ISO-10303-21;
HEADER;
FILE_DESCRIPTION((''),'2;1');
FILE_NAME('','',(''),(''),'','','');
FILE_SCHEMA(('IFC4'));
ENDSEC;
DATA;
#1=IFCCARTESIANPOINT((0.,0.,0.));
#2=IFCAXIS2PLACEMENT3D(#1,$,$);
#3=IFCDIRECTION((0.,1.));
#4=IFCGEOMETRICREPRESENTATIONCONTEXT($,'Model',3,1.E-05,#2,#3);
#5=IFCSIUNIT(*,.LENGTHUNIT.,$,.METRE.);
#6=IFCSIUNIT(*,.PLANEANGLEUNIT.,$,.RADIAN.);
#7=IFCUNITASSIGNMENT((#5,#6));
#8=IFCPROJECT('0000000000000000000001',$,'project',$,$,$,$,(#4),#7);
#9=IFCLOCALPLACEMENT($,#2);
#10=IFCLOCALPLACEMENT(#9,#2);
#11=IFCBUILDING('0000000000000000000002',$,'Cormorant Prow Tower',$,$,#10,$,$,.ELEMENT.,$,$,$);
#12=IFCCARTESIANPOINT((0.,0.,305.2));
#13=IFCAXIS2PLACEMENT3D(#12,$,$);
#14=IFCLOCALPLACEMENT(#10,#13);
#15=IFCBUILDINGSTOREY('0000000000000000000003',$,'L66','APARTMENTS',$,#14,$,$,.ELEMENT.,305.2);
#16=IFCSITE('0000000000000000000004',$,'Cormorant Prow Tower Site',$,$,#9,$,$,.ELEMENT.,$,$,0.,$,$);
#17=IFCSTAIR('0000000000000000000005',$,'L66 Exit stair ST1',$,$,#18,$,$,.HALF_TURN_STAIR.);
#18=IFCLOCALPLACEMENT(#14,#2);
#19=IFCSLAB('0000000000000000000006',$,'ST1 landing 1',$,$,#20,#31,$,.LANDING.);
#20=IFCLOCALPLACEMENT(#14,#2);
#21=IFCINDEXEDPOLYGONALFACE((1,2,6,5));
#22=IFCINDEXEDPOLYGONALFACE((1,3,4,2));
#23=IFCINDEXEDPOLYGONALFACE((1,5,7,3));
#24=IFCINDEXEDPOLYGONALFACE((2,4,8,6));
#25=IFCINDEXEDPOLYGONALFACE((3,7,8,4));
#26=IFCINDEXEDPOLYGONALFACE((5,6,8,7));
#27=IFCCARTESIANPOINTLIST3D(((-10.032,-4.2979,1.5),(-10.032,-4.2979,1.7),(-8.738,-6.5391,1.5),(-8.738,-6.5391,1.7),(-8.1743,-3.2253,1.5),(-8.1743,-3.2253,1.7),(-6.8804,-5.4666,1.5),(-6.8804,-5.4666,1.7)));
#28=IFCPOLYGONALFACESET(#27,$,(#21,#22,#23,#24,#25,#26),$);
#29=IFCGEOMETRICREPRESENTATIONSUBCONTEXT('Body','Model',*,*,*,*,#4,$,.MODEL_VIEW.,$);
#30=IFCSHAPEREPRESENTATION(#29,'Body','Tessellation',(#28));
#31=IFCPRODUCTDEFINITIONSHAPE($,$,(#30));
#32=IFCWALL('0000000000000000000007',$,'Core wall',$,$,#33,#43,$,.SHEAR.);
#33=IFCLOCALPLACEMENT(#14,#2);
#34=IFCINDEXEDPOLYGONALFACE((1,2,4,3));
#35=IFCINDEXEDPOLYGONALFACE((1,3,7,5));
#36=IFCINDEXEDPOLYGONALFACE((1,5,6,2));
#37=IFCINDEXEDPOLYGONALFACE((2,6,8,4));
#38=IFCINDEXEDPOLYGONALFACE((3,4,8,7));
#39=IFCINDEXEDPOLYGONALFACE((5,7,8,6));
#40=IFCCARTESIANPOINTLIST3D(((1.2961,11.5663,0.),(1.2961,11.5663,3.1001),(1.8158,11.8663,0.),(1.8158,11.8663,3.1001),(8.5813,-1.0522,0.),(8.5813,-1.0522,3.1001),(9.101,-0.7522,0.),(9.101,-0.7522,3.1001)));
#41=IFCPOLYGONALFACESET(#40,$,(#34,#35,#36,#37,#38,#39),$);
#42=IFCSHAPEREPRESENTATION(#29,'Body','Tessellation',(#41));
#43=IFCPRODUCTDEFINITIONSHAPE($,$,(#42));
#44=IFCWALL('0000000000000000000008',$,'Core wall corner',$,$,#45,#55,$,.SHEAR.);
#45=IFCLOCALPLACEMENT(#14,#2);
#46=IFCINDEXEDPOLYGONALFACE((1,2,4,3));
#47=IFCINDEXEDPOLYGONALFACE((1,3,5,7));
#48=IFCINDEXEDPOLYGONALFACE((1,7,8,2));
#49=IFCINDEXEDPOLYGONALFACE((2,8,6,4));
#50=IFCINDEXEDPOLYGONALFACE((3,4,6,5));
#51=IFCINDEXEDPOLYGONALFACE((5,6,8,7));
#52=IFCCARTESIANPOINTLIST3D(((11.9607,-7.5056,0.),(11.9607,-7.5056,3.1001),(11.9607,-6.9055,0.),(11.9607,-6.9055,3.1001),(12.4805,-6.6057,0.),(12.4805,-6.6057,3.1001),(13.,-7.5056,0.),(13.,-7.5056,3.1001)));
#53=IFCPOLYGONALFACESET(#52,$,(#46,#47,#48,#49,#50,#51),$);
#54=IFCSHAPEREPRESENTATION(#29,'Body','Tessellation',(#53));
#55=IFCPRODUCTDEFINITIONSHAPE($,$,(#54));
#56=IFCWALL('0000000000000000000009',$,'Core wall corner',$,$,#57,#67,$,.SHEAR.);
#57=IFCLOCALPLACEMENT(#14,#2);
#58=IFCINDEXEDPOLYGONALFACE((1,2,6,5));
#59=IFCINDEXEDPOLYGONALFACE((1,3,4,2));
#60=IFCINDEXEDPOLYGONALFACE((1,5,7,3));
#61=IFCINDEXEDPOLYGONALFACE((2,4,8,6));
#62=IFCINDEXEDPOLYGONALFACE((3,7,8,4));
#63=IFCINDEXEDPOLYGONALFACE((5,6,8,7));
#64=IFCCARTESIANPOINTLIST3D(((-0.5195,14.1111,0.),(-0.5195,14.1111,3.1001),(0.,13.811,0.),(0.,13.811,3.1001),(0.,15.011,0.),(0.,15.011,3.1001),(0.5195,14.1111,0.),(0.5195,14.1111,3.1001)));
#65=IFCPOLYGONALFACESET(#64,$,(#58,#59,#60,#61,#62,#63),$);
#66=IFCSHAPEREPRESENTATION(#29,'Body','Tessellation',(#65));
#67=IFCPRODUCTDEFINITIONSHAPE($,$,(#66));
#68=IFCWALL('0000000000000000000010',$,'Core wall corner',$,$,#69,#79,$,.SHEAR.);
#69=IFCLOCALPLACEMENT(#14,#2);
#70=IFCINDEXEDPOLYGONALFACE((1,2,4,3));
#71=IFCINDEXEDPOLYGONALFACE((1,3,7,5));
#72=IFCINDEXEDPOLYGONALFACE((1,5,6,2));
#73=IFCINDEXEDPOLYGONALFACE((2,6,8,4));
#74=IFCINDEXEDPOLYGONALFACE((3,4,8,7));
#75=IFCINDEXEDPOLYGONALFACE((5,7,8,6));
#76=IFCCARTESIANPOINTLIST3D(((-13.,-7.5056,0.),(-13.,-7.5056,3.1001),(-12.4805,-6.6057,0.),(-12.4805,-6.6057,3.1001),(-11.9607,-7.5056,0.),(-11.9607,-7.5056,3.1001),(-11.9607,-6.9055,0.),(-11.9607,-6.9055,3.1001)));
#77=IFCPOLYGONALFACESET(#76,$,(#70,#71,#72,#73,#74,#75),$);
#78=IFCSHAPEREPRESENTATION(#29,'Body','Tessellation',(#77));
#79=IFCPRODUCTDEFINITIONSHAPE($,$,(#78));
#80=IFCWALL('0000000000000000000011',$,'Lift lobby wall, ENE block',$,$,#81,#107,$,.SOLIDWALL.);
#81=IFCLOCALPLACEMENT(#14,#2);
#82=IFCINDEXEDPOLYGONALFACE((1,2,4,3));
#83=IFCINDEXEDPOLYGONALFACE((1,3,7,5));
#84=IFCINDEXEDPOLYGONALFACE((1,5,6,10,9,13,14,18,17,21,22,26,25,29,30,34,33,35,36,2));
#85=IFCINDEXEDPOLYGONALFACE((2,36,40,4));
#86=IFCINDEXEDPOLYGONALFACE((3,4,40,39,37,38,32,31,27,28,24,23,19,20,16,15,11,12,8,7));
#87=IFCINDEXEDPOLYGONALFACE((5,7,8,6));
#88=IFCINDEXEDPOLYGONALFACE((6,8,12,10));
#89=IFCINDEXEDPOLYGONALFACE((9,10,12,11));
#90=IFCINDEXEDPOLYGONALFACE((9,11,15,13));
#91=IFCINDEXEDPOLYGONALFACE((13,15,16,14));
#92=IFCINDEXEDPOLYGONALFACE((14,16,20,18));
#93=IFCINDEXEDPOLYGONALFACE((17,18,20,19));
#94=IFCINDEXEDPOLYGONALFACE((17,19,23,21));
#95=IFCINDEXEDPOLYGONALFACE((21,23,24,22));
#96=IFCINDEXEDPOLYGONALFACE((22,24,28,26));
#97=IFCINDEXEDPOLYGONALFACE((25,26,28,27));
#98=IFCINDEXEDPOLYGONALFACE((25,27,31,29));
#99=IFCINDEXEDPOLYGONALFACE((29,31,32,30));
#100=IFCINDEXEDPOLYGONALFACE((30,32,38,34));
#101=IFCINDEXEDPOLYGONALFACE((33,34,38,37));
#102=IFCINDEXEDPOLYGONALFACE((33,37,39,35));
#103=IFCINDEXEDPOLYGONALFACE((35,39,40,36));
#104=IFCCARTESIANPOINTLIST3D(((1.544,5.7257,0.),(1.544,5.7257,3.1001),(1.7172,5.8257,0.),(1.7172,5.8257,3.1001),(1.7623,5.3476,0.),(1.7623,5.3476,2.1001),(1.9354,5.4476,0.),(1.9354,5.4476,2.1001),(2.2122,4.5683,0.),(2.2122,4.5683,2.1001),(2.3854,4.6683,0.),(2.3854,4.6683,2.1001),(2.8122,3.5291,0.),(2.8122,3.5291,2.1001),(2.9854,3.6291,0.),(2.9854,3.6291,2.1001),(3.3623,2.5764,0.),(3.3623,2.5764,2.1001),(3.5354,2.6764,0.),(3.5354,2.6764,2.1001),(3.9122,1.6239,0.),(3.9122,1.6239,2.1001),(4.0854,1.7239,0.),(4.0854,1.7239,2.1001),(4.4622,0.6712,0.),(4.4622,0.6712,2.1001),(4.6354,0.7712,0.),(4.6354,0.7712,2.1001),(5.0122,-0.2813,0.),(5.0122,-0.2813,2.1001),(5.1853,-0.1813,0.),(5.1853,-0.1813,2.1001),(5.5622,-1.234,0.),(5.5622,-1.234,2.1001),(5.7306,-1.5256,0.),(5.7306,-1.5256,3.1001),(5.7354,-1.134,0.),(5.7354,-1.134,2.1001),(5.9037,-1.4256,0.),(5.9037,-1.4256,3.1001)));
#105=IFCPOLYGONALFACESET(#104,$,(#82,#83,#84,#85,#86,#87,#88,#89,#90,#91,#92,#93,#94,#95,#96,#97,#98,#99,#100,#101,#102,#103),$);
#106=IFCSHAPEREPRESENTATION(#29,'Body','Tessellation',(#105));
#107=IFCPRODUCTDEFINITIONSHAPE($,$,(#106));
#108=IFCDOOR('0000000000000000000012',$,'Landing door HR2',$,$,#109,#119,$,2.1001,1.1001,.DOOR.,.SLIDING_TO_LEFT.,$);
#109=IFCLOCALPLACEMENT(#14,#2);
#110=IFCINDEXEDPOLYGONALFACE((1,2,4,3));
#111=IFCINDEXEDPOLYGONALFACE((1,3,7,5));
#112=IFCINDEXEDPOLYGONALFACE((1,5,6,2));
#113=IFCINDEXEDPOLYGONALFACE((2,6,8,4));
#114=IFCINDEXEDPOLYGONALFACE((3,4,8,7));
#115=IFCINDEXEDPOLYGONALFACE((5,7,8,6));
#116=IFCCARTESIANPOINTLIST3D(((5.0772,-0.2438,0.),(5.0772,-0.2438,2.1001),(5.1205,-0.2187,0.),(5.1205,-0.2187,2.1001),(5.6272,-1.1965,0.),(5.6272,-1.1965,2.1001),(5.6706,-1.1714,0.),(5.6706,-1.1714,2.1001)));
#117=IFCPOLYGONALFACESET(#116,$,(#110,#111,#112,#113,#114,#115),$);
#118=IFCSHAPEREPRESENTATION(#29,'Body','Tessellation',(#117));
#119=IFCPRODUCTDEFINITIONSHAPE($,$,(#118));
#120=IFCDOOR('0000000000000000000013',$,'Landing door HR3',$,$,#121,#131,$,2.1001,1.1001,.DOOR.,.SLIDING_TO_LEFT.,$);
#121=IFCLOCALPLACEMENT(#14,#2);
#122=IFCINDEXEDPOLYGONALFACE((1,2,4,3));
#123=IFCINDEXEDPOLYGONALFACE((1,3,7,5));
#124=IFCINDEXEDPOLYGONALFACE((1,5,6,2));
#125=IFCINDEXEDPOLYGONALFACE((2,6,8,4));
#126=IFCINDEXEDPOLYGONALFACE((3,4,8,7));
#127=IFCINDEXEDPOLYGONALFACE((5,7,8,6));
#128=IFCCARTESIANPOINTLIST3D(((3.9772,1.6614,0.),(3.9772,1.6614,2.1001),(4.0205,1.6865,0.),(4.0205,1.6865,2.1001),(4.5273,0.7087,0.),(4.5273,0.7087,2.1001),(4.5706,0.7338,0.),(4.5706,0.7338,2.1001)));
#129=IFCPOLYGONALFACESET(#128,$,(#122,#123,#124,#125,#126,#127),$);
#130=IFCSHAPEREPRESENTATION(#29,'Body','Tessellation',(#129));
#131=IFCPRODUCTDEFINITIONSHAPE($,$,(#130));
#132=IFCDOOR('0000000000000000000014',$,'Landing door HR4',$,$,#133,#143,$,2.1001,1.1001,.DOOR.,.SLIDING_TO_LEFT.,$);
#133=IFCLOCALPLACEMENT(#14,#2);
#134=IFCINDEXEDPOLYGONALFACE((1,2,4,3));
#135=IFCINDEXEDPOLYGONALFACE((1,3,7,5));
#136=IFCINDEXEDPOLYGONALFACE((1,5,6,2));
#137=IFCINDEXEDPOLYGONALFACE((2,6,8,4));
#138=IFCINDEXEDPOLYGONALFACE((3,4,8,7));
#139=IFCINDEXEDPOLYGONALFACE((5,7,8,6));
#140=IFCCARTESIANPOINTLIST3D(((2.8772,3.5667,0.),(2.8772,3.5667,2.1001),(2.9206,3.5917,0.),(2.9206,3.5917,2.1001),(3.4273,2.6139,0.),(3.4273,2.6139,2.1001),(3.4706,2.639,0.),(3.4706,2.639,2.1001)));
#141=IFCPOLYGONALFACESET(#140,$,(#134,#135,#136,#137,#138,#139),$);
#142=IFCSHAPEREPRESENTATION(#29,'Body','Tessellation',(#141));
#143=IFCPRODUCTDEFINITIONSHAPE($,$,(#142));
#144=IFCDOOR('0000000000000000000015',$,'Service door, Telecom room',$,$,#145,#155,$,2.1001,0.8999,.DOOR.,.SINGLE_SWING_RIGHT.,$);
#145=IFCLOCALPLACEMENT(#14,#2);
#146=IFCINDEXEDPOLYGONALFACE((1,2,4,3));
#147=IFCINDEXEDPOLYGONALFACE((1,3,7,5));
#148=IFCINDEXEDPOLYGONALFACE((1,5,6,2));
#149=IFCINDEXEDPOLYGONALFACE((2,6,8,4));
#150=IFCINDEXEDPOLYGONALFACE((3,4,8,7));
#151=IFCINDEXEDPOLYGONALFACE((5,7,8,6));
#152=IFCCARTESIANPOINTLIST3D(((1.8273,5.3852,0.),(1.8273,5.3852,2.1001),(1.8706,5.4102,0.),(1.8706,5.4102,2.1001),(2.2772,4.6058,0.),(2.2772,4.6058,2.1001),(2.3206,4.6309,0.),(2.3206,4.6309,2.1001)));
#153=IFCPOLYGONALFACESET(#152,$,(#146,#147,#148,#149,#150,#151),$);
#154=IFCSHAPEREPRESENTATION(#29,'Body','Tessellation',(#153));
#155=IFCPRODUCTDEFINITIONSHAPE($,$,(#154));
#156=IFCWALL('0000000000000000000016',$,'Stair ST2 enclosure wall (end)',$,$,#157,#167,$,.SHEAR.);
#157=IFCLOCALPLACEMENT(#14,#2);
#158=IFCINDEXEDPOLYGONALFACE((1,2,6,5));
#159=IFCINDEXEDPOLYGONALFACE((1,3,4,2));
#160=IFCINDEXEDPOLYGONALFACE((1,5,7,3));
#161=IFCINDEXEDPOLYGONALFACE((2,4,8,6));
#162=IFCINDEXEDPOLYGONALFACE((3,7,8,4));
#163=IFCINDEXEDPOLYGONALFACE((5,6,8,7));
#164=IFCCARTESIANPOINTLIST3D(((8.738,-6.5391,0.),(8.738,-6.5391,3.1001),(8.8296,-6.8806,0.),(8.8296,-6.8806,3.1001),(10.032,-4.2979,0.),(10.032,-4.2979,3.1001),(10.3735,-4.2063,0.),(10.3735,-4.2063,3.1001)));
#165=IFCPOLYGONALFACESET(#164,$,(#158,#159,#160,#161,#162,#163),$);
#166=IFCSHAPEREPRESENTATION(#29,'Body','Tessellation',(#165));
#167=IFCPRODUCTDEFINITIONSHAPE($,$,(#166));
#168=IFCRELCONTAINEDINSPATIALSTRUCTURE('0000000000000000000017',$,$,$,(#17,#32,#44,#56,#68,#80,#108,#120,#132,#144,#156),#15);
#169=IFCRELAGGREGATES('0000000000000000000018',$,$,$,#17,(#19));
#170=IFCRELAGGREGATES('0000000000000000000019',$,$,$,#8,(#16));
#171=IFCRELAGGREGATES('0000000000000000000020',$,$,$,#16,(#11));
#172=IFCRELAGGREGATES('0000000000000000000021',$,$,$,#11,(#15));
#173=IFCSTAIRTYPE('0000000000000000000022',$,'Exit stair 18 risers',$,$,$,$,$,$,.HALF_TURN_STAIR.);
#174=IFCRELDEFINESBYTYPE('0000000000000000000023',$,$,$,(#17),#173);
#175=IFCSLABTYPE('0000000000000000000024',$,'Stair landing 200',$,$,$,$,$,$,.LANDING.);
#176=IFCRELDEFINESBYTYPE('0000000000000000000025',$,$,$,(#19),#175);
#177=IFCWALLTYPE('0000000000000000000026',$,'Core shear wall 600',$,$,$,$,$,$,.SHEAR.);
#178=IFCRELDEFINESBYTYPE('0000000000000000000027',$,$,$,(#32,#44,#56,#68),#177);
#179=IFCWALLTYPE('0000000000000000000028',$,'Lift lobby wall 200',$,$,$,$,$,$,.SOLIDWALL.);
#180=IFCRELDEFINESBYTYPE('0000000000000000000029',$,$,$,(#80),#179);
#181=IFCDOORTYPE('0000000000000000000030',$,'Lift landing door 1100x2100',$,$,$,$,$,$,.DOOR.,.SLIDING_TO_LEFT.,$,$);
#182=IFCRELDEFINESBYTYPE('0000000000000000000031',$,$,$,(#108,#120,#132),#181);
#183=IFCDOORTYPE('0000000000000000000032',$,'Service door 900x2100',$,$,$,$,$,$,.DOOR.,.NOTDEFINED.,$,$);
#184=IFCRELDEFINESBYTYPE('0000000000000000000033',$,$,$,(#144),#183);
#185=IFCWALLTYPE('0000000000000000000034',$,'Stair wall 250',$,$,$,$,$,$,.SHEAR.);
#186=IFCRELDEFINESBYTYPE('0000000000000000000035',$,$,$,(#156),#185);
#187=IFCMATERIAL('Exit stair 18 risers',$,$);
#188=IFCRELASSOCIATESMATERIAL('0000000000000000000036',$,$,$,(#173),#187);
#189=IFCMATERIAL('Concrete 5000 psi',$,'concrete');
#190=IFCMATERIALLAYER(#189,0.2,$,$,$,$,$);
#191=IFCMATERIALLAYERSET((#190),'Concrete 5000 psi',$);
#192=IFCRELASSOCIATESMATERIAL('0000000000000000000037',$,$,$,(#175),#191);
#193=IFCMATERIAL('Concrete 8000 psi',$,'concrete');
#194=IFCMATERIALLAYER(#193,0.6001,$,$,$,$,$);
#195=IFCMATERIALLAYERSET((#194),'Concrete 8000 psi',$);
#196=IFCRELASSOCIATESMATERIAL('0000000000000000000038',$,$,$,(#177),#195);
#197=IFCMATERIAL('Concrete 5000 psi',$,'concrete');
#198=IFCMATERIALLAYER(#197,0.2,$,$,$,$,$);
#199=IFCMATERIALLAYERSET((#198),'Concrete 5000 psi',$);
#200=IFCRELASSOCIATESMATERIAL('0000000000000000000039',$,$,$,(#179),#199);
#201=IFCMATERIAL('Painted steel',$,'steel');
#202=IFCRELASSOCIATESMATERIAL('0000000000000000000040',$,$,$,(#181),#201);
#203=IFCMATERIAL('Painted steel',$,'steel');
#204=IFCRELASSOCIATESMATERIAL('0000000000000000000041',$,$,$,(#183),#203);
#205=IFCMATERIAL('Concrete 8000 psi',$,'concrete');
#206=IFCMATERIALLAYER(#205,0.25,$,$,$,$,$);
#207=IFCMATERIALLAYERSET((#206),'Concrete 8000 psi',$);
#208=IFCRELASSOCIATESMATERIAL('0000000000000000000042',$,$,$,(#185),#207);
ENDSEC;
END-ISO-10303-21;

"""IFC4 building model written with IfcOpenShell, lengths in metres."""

from ifc_helpers import new_model, si_unit, direction, frame, frame_2d, origin, place, context, subcontext, project, spatial, polyline, rectangle, outline, extrude, material, layer, layer_set, type_object, element, fill, aggregate, save


model = new_model("IFC4")

# Units and contexts
model_context = context("Model", 3, precision=1e-05, world=origin(), true_north=direction((0.0, 1.0)))
body_context = subcontext(model_context, "Body", "Model", "MODEL_VIEW")
ifc_project = project(units=[si_unit("LENGTHUNIT", "METRE"), si_unit("PLANEANGLEUNIT", "RADIAN")], contexts=[model_context])

# Site, building, storey
site_placement = place(None, origin())
site = spatial("IfcSite", under=ifc_project, at=site_placement, Name="Cormorant Prow Tower Site", CompositionType="ELEMENT", RefElevation=0.0)
building_placement = place(site_placement, origin())
building = spatial("IfcBuilding", under=site, at=building_placement, Name="Cormorant Prow Tower", CompositionType="ELEMENT")
storey_placement = place(building_placement, frame((0.0, 0.0, 305.2)))
storey = spatial("IfcBuildingStorey", under=building, at=storey_placement, Name="L66", Description="APARTMENTS", CompositionType="ELEMENT", Elevation=305.2)

# Stair, slab
ifc_material_1 = material(Name="Exit stair 18 risers")
stair_type = type_object("IfcStairType", Name="Exit stair 18 risers", PredefinedType="HALF_TURN_STAIR", material=ifc_material_1)
stair_placement = place(storey_placement, origin())
stair = element("IfcStair", 1, at=stair_placement, inside=storey, type_object=stair_type, Name="L66 Exit stair ST1", PredefinedType="HALF_TURN_STAIR")
ifc_material_2 = material(Name="Concrete 5000 psi", Category="concrete")
ifc_layer_1 = layer(ifc_material_2, 0.2)
ifc_layer_set_1 = layer_set([ifc_layer_1], Name="Concrete 5000 psi")
slab_type = type_object("IfcSlabType", Name="Stair landing 200", PredefinedType="LANDING", material=ifc_layer_set_1)
slab_placement = place(storey_placement, frame((0.0, 0.0, 1.5)))
slab = element("IfcSlab", 2, at=slab_placement, type_object=slab_type, Name="ST1 landing 1", PredefinedType="LANDING", context=body_context, shape_type="SweptSolid", body=[
    extrude(outline(polyline([(-8.1743, -3.2253), (-10.032, -4.2979), (-8.738, -6.5391), (-6.8804, -5.4666), (-8.1743, -3.2253)])), origin(), (0.0, 0.0, 1.0), 0.2),
])
aggregate(stair, [slab])

# Walls
ifc_material_3 = material(Name="Concrete 8000 psi", Category="concrete")
ifc_layer_2 = layer(ifc_material_3, 0.6001)
ifc_layer_set_2 = layer_set([ifc_layer_2], Name="Concrete 8000 psi")
wall_type_1 = type_object("IfcWallType", Name="Core shear wall 600", PredefinedType="SHEAR", material=ifc_layer_set_2)
wall_1_placement = place(storey_placement, frame((8.8411, -0.9021, 0.0), z_axis=(0.0, 0.0, 1.0), x_axis=(-0.499996, 0.866028, 0.0)))
element("IfcWall", 3, at=wall_1_placement, inside=storey, type_object=wall_type_1, Name="Core wall", PredefinedType="SHEAR", context=body_context, shape_type="SweptSolid", body=[
    extrude(rectangle(XDim=14.5706, YDim=0.6001, at=frame_2d((7.2852, 0.0))), origin(), (0.0, 0.0, 1.0), 3.1001),
])
wall_2_placement = place(storey_placement, origin())
element("IfcWall", 4, at=wall_2_placement, inside=storey, type_object=wall_type_1, Name="Core wall corner", PredefinedType="SHEAR", context=body_context, shape_type="SweptSolid", body=[
    extrude(outline(polyline([(11.9607, -7.5056), (11.9607, -6.9055), (12.4805, -6.6057), (13.0, -7.5056), (11.9607, -7.5056)])), origin(), (0.0, 0.0, 1.0), 3.1001),
])
wall_3_placement = place(storey_placement, origin())
element("IfcWall", 5, at=wall_3_placement, inside=storey, type_object=wall_type_1, Name="Core wall corner", PredefinedType="SHEAR", context=body_context, shape_type="SweptSolid", body=[
    extrude(outline(polyline([(-0.5195, 14.1111), (0.0, 15.011), (0.5195, 14.1111), (0.0, 13.811), (-0.5195, 14.1111)])), origin(), (0.0, 0.0, 1.0), 3.1001),
])
wall_4_placement = place(storey_placement, origin())
element("IfcWall", 6, at=wall_4_placement, inside=storey, type_object=wall_type_1, Name="Core wall corner", PredefinedType="SHEAR", context=body_context, shape_type="SweptSolid", body=[
    extrude(outline(polyline([(-12.4805, -6.6057), (-11.9607, -6.9055), (-11.9607, -7.5056), (-13.0, -7.5056), (-12.4805, -6.6057)])), origin(), (0.0, 0.0, 1.0), 3.1001),
])

# Wall, openings, doors
ifc_material_4 = material(Name="Concrete 5000 psi", Category="concrete")
ifc_layer_3 = layer(ifc_material_4, 0.2)
ifc_layer_set_3 = layer_set([ifc_layer_3], Name="Concrete 5000 psi")
wall_type_2 = type_object("IfcWallType", Name="Lift lobby wall 200", PredefinedType="SOLIDWALL", material=ifc_layer_set_3)
wall_5_placement = place(storey_placement, frame((5.8171, -1.4756, 0.0), z_axis=(0.0, 0.0, 1.0), x_axis=(-0.500003, 0.866024, 0.0)))
wall_5 = element("IfcWall", 7, at=wall_5_placement, inside=storey, type_object=wall_type_2, Name="Lift lobby wall, ENE block", PredefinedType="SOLIDWALL", context=body_context, shape_type="SweptSolid", body=[
    extrude(rectangle(XDim=8.373, YDim=0.2, at=frame_2d((4.1865, 0.0))), origin(), (0.0, 0.0, 1.0), 3.1001),
])
opening_1_placement = place(wall_5_placement, frame((0.3367, 0.0, 0.0)))
opening_1 = element("IfcOpeningElement", 8, at=opening_1_placement, cuts=wall_5, PredefinedType="OPENING", context=body_context, shape_type="SweptSolid", body=[
    extrude(rectangle(XDim=1.1001, YDim=2.1001, at=frame_2d((0.55, 1.05))), frame((0.0, 0.1099, 0.0), z_axis=(0.0, -1.0, 0.0), x_axis=(1.0, 0.0, 0.0)), (0.0, 0.0, 1.0), 0.22),
])
opening_2_placement = place(wall_5_placement, frame((2.5366, 0.0, 0.0)))
opening_2 = element("IfcOpeningElement", 9, at=opening_2_placement, cuts=wall_5, PredefinedType="OPENING", context=body_context, shape_type="SweptSolid", body=[
    extrude(rectangle(XDim=1.1001, YDim=2.1001, at=frame_2d((0.55, 1.05))), frame((0.0, 0.1099, 0.0), z_axis=(0.0, -1.0, 0.0), x_axis=(1.0, 0.0, 0.0)), (0.0, 0.0, 1.0), 0.22),
])
opening_3_placement = place(wall_5_placement, frame((4.7366, 0.0, 0.0)))
opening_3 = element("IfcOpeningElement", 10, at=opening_3_placement, cuts=wall_5, PredefinedType="OPENING", context=body_context, shape_type="SweptSolid", body=[
    extrude(rectangle(XDim=1.1001, YDim=2.1001, at=frame_2d((0.55, 1.05))), frame((0.0, 0.1099, 0.0), z_axis=(0.0, -1.0, 0.0), x_axis=(1.0, 0.0, 0.0)), (0.0, 0.0, 1.0), 0.22),
])
opening_4_placement = place(wall_5_placement, frame((7.0366, 0.0, 0.0)))
opening_4 = element("IfcOpeningElement", 11, at=opening_4_placement, cuts=wall_5, PredefinedType="OPENING", context=body_context, shape_type="SweptSolid", body=[
    extrude(rectangle(XDim=0.8999, YDim=2.1001, at=frame_2d((0.45, 1.05))), frame((0.0, 0.1099, 0.0), z_axis=(0.0, -1.0, 0.0), x_axis=(1.0, 0.0, 0.0)), (0.0, 0.0, 1.0), 0.22),
])
ifc_material_5 = material(Name="Painted steel", Category="steel")
door_type_1 = type_object("IfcDoorType", Name="Lift landing door 1100x2100", OperationType="SLIDING_TO_LEFT", PredefinedType="DOOR", material=ifc_material_5)
door_1_placement = place(opening_1_placement, origin())
door_1 = element("IfcDoor", 12, at=door_1_placement, inside=storey, type_object=door_type_1, Name="Landing door HR2", OperationType="SLIDING_TO_LEFT", OverallHeight=2.1001, OverallWidth=1.1001, PredefinedType="DOOR", context=body_context, shape_type="SweptSolid", body=[
    extrude(rectangle(XDim=1.1001, YDim=2.1001, at=frame_2d((0.55, 1.05))), frame((0.0, 0.0249, 0.0), z_axis=(0.0, -1.0, 0.0), x_axis=(1.0, 0.0, 0.0)), (0.0, 0.0, 1.0), 0.05),
])
fill(opening_1, door_1)
door_2_placement = place(opening_2_placement, origin())
door_2 = element("IfcDoor", 13, at=door_2_placement, inside=storey, type_object=door_type_1, Name="Landing door HR3", OperationType="SLIDING_TO_LEFT", OverallHeight=2.1001, OverallWidth=1.1001, PredefinedType="DOOR", context=body_context, shape_type="SweptSolid", body=[
    extrude(rectangle(XDim=1.1001, YDim=2.1001, at=frame_2d((0.55, 1.05))), frame((0.0, 0.0249, 0.0), z_axis=(0.0, -1.0, 0.0), x_axis=(1.0, 0.0, 0.0)), (0.0, 0.0, 1.0), 0.05),
])
fill(opening_2, door_2)
door_3_placement = place(opening_3_placement, origin())
door_3 = element("IfcDoor", 14, at=door_3_placement, inside=storey, type_object=door_type_1, Name="Landing door HR4", OperationType="SLIDING_TO_LEFT", OverallHeight=2.1001, OverallWidth=1.1001, PredefinedType="DOOR", context=body_context, shape_type="SweptSolid", body=[
    extrude(rectangle(XDim=1.1001, YDim=2.1001, at=frame_2d((0.55, 1.05))), frame((0.0, 0.0249, 0.0), z_axis=(0.0, -1.0, 0.0), x_axis=(1.0, 0.0, 0.0)), (0.0, 0.0, 1.0), 0.05),
])
fill(opening_3, door_3)
ifc_material_6 = material(Name="Painted steel", Category="steel")
door_type_2 = type_object("IfcDoorType", Name="Service door 900x2100", OperationType="NOTDEFINED", PredefinedType="DOOR", material=ifc_material_6)
door_4_placement = place(opening_4_placement, origin())
door_4 = element("IfcDoor", 15, at=door_4_placement, inside=storey, type_object=door_type_2, Name="Service door, Telecom room", OperationType="SINGLE_SWING_RIGHT", OverallHeight=2.1001, OverallWidth=0.8999, PredefinedType="DOOR", context=body_context, shape_type="SweptSolid", body=[
    extrude(rectangle(XDim=0.8999, YDim=2.1001, at=frame_2d((0.45, 1.05))), frame((0.0, 0.0249, 0.0), z_axis=(0.0, -1.0, 0.0), x_axis=(1.0, 0.0, 0.0)), (0.0, 0.0, 1.0), 0.05),
])
fill(opening_4, door_4)

# Wall
ifc_material_7 = material(Name="Concrete 8000 psi", Category="concrete")
ifc_layer_4 = layer(ifc_material_7, 0.25)
ifc_layer_set_4 = layer_set([ifc_layer_4], Name="Concrete 8000 psi")
wall_type_3 = type_object("IfcWallType", Name="Stair wall 250", PredefinedType="SHEAR", material=ifc_layer_set_4)
wall_6_placement = place(storey_placement, origin())
element("IfcWall", 16, at=wall_6_placement, inside=storey, type_object=wall_type_3, Name="Stair ST2 enclosure wall (end)", PredefinedType="SHEAR", context=body_context, shape_type="SweptSolid", body=[
    extrude(outline(polyline([(8.8296, -6.8806), (10.3735, -4.2063), (10.032, -4.2979), (8.738, -6.5391), (8.8296, -6.8806)])), origin(), (0.0, 0.0, 1.0), 3.1001),
])

save(model, "model.ifc")
